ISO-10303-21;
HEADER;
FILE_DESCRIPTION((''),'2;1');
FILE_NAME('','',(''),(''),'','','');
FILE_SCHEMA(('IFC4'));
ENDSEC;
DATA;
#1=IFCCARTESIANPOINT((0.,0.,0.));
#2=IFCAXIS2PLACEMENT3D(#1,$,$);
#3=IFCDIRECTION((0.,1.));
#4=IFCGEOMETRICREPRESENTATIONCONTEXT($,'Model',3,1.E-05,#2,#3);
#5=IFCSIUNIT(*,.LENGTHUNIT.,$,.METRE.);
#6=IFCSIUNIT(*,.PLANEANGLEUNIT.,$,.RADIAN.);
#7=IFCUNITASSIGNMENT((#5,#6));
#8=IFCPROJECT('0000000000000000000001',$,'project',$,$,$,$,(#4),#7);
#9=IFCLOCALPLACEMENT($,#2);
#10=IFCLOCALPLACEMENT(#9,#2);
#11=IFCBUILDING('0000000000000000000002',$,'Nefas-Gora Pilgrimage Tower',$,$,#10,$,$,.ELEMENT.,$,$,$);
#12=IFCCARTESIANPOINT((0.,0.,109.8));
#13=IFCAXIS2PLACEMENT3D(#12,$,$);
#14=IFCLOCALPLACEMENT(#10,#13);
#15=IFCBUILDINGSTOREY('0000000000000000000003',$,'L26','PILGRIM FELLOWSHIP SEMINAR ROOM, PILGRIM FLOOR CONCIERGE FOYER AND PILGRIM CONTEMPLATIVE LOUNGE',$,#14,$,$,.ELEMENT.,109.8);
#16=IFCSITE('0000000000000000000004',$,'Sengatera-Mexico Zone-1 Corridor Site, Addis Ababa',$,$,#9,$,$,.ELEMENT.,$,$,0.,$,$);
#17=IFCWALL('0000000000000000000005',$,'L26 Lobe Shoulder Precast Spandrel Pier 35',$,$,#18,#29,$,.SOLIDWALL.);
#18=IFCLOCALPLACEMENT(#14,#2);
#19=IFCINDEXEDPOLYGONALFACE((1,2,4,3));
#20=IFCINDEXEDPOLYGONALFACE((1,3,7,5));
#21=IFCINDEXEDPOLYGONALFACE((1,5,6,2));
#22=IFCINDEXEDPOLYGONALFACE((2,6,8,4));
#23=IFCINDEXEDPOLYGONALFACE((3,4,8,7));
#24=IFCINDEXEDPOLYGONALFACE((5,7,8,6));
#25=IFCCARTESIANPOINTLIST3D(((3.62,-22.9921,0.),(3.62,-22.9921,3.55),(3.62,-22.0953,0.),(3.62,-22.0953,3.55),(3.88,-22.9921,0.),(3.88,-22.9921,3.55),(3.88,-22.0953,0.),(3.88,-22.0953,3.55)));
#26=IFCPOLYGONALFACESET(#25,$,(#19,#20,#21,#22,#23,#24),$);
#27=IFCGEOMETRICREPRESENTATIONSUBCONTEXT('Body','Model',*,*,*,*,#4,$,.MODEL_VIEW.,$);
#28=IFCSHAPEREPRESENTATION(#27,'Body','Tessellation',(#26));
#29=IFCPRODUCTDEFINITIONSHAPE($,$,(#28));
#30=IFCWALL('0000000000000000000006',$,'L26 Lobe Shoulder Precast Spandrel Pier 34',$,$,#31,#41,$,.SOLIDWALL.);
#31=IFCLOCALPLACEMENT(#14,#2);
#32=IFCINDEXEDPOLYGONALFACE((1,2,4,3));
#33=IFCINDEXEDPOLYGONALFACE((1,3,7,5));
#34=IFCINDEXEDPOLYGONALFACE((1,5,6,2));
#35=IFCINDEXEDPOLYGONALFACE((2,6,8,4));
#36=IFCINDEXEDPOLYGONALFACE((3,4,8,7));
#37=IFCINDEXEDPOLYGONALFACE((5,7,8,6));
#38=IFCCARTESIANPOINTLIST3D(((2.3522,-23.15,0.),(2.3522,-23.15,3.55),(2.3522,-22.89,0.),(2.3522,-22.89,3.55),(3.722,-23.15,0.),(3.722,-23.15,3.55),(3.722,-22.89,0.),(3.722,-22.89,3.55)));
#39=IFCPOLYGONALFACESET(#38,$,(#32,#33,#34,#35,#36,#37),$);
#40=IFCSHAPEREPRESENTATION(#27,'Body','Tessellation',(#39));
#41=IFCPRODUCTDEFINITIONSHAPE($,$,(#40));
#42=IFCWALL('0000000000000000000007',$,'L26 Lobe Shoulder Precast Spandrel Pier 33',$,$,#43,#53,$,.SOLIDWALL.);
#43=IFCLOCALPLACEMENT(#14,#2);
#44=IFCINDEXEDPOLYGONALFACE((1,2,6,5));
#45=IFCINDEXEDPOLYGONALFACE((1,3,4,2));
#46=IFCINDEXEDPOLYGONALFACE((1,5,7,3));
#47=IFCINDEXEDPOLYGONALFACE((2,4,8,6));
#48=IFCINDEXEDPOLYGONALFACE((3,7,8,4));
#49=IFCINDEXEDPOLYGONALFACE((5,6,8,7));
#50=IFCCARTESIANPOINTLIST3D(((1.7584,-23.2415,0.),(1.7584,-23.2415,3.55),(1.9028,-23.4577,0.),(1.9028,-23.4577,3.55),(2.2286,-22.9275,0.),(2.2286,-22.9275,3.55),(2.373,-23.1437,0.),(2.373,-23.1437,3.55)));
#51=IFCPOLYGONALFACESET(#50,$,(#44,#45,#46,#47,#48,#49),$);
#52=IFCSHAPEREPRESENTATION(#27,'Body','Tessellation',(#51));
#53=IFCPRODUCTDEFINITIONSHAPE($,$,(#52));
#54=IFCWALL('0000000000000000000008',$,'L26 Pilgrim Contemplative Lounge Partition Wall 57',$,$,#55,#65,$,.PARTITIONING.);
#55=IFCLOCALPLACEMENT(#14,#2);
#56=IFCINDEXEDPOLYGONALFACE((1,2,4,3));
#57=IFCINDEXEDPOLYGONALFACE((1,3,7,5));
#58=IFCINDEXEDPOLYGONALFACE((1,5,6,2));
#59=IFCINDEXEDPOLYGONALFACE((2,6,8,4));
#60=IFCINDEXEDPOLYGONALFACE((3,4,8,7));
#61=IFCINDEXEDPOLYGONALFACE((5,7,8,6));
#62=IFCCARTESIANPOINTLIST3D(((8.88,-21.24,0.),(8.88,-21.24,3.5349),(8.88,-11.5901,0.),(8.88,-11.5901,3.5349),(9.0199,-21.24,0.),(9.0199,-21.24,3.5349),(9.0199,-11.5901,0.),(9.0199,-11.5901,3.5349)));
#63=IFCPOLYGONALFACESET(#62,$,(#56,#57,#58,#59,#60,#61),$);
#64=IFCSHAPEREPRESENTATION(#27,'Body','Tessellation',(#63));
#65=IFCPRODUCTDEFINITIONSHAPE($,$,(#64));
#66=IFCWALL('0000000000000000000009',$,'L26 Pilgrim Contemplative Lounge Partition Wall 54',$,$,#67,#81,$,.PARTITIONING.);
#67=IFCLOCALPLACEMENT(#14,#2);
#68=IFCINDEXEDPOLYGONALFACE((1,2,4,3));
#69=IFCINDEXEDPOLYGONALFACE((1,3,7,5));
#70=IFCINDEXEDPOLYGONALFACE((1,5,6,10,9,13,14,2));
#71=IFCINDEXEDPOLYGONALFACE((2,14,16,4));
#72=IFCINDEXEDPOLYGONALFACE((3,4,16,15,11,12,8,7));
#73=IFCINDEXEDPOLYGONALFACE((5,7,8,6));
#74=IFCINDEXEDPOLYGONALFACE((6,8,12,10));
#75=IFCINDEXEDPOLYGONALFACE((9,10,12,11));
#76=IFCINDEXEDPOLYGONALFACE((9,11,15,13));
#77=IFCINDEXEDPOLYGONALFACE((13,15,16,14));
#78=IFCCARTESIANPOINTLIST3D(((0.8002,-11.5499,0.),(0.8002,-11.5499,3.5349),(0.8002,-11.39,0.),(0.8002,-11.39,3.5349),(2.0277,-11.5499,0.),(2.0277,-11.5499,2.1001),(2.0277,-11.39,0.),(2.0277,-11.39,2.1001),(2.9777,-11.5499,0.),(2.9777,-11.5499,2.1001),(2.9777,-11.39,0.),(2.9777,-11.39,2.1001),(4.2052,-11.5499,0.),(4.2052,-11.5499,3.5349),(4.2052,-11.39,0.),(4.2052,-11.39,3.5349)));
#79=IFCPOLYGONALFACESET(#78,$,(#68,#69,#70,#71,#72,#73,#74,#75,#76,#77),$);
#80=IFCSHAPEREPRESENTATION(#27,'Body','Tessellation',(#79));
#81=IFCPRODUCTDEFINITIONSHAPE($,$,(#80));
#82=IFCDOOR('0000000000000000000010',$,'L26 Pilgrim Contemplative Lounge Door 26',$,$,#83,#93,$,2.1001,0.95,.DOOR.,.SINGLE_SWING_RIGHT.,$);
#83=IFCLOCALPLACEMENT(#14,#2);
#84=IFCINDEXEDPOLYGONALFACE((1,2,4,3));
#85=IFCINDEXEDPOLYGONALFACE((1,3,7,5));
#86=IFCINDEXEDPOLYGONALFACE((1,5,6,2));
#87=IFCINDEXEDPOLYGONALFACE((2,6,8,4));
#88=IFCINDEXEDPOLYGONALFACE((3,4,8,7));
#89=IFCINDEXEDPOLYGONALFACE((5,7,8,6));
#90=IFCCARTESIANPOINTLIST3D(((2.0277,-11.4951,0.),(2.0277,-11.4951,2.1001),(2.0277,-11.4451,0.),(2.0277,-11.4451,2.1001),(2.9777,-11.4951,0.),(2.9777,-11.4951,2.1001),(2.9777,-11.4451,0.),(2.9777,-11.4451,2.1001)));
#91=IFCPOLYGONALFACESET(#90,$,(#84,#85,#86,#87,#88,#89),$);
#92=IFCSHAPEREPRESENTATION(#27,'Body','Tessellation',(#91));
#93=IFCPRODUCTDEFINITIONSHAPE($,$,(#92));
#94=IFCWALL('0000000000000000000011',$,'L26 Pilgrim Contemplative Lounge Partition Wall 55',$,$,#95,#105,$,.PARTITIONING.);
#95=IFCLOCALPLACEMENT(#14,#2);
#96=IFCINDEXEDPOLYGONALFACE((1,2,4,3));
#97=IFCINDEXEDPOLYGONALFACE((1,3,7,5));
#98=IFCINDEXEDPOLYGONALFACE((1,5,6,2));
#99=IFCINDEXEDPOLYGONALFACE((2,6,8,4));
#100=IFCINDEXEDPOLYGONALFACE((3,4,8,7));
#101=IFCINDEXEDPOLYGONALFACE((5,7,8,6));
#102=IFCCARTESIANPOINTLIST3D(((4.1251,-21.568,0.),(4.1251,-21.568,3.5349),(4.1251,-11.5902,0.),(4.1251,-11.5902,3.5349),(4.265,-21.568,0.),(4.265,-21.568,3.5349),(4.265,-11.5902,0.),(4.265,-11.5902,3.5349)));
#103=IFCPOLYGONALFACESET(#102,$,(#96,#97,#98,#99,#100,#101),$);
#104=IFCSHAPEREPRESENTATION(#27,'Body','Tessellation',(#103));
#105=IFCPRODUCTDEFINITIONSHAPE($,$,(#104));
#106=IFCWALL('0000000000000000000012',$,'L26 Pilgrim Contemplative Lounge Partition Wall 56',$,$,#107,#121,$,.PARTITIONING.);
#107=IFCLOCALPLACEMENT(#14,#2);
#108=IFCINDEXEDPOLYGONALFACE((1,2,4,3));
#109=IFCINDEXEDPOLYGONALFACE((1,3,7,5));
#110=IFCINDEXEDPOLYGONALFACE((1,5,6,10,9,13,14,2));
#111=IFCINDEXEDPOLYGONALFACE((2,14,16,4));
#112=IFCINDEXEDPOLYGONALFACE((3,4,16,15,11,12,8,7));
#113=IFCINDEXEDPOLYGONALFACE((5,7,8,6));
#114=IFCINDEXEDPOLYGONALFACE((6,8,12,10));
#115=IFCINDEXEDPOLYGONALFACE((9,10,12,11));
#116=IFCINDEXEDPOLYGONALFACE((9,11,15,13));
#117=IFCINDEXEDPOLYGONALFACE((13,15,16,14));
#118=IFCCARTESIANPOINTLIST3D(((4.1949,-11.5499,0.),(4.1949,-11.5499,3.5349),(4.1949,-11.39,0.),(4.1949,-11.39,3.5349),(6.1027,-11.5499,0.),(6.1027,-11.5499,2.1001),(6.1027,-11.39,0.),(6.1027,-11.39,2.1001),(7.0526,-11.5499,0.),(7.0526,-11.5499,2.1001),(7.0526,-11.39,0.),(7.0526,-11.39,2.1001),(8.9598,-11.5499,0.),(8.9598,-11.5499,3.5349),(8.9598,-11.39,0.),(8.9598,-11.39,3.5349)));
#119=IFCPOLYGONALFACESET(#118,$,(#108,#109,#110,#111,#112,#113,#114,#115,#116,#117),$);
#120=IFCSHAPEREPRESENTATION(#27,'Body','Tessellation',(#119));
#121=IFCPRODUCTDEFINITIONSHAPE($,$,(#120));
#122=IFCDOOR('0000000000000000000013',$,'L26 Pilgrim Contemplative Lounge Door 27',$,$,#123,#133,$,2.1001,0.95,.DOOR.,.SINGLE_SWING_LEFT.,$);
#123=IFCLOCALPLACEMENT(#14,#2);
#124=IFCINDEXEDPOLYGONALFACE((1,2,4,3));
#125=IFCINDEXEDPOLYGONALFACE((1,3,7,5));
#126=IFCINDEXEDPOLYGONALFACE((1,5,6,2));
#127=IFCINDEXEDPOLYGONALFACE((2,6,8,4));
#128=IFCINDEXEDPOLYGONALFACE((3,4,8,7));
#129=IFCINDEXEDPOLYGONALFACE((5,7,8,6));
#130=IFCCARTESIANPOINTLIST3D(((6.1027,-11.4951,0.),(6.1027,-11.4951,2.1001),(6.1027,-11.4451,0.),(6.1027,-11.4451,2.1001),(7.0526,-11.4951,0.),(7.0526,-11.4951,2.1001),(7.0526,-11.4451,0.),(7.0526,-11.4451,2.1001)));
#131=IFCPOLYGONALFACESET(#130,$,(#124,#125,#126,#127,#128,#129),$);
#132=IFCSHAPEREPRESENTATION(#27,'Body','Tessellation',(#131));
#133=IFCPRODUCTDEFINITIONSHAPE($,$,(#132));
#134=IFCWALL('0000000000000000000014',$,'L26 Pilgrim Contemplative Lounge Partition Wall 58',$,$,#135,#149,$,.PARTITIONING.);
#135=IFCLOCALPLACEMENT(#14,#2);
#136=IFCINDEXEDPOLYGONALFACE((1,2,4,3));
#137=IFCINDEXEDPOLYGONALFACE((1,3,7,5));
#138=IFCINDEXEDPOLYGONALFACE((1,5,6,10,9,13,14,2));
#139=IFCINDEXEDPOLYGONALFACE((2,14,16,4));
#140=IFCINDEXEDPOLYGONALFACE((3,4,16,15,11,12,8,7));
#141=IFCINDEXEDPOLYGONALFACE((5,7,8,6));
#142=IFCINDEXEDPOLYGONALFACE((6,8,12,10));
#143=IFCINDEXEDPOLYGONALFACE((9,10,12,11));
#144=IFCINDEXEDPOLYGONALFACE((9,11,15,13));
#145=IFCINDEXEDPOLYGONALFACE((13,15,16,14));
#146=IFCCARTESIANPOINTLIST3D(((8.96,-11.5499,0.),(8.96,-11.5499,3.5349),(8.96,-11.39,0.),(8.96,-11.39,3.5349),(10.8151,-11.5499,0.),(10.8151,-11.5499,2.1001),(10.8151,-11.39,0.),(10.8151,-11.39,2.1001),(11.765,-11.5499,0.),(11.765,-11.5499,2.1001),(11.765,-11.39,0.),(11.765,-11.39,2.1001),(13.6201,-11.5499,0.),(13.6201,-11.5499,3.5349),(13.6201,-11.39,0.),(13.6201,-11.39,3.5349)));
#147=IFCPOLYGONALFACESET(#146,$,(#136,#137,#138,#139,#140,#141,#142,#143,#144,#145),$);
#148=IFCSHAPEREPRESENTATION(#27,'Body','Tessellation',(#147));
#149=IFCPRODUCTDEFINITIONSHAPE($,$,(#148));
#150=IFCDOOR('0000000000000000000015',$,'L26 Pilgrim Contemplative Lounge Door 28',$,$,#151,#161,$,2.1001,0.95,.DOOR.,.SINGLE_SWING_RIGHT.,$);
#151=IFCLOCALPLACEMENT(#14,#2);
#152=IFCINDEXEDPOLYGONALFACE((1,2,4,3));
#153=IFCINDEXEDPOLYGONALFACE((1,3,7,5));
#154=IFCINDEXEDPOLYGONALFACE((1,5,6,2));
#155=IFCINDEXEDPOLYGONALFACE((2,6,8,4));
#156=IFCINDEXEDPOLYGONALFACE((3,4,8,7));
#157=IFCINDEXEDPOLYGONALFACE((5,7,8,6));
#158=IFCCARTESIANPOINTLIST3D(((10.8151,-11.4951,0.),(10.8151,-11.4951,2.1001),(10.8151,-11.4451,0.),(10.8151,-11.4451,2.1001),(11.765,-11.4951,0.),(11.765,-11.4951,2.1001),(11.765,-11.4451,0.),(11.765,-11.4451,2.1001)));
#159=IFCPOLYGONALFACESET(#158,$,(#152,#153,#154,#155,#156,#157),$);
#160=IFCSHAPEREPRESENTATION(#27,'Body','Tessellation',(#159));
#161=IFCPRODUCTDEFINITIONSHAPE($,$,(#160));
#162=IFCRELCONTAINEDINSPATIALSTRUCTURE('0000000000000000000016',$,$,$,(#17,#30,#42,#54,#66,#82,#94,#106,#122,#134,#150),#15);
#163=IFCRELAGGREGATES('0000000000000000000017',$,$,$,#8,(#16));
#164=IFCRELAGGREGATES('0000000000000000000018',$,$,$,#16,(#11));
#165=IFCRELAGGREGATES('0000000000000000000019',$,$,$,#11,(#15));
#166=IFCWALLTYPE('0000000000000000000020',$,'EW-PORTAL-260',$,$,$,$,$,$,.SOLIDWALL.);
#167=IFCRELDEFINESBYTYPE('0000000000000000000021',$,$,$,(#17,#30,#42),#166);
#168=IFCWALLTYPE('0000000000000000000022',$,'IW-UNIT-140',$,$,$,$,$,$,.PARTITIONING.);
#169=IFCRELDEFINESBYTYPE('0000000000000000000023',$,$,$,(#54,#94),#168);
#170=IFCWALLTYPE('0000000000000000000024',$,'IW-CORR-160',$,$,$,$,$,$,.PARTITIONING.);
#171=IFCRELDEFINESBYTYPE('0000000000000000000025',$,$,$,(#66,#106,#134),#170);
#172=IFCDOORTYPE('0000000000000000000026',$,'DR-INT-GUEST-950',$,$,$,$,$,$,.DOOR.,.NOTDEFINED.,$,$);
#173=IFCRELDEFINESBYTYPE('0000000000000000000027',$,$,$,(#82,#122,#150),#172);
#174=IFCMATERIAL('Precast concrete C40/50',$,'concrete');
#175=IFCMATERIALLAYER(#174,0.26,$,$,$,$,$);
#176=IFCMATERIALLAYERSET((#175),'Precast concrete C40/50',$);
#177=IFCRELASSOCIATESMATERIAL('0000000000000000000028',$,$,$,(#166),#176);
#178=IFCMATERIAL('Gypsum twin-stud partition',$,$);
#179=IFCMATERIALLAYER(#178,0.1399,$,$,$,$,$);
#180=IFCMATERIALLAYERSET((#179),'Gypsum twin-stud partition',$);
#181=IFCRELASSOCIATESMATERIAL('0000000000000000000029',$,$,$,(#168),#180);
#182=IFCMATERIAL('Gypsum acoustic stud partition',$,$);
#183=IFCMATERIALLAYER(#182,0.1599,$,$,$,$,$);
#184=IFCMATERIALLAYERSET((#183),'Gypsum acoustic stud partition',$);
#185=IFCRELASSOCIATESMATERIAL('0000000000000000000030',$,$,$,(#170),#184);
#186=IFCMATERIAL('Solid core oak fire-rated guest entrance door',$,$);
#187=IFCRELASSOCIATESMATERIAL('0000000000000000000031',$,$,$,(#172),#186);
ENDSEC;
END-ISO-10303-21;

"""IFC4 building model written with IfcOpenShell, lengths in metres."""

from ifc_helpers import new_model, si_unit, direction, frame, frame_2d, origin, place, context, subcontext, project, spatial, rectangle, extrude, source, transform, mapped, material, layer, layer_set, type_object, element, fill, save


model = new_model("IFC4")

# Units and contexts
model_context = context("Model", 3, precision=1e-05, world=origin(), true_north=direction((0.0, 1.0)))
body_context = subcontext(model_context, "Body", "Model", "MODEL_VIEW")
ifc_project = project(units=[si_unit("LENGTHUNIT", "METRE"), si_unit("PLANEANGLEUNIT", "RADIAN")], contexts=[model_context])

# Site, building, storey
site_placement = place(None, origin())
site = spatial("IfcSite", under=ifc_project, at=site_placement, Name="Sengatera-Mexico Zone-1 Corridor Site, Addis Ababa", CompositionType="ELEMENT", RefElevation=0.0)
building_placement = place(site_placement, origin())
building = spatial("IfcBuilding", under=site, at=building_placement, Name="Nefas-Gora Pilgrimage Tower", CompositionType="ELEMENT")
storey_placement = place(building_placement, frame((0.0, 0.0, 109.8)))
storey = spatial("IfcBuildingStorey", under=building, at=storey_placement, Name="L26", Description="PILGRIM FELLOWSHIP SEMINAR ROOM, PILGRIM FLOOR CONCIERGE FOYER AND PILGRIM CONTEMPLATIVE LOUNGE", CompositionType="ELEMENT", Elevation=109.8)

# Walls
ifc_material_1 = material(Name="Precast concrete C40/50", Category="concrete")
ifc_layer_1 = layer(ifc_material_1, 0.26)
ifc_layer_set_1 = layer_set([ifc_layer_1], Name="Precast concrete C40/50")
wall_type_1 = type_object("IfcWallType", Name="EW-PORTAL-260", PredefinedType="SOLIDWALL", material=ifc_layer_set_1)
shared_shape_1 = source(origin(), body_context, "Body", "SweptSolid", [
    extrude(rectangle(XDim=0.8967, YDim=0.26, at=frame_2d((0.4482, 0.0))), origin(), (0.0, 0.0, 1.0), 3.55),
])
wall_1_placement = place(storey_placement, frame((3.75, -22.9919, 0.0), z_axis=(0.0, 0.0, 1.0), x_axis=(0.0, 1.0, 0.0)))
element("IfcWall", 1, at=wall_1_placement, inside=storey, type_object=wall_type_1, Name="L26 Lobe Shoulder Precast Spandrel Pier 35", PredefinedType="SOLIDWALL", context=body_context, shape_type="MappedRepresentation", body=[
    mapped(shared_shape_1, transform((0.0, 0.0, 0.0), x_axis=(1.0, 0.0, 0.0), y_axis=(0.0, 1.0, 0.0), z_axis=(0.0, 0.0, 1.0), scale=1.0)),
])
shared_shape_2 = source(origin(), body_context, "Body", "SweptSolid", [
    extrude(rectangle(XDim=1.3699, YDim=0.26, at=frame_2d((0.6851, 0.0))), origin(), (0.0, 0.0, 1.0), 3.55),
])
wall_2_placement = place(storey_placement, frame((2.3521, -23.02, 0.0), z_axis=(0.0, 0.0, 1.0), x_axis=(1.0, 0.0, 0.0)))
element("IfcWall", 2, at=wall_2_placement, inside=storey, type_object=wall_type_1, Name="L26 Lobe Shoulder Precast Spandrel Pier 34", PredefinedType="SOLIDWALL", context=body_context, shape_type="MappedRepresentation", body=[
    mapped(shared_shape_2, transform((0.0, 0.0, 0.0), x_axis=(1.0, 0.0, 0.0), y_axis=(0.0, 1.0, 0.0), z_axis=(0.0, 0.0, 1.0), scale=1.0)),
])
shared_shape_3 = source(origin(), body_context, "Body", "SweptSolid", [
    extrude(rectangle(XDim=0.5654, YDim=0.26, at=frame_2d((0.2827, 0.0))), origin(), (0.0, 0.0, 1.0), 3.55),
])
wall_3_placement = place(storey_placement, frame((1.8306, -23.3496, 0.0), z_axis=(0.0, 0.0, 1.0), x_axis=(0.831651, 0.555298, 0.0)))
element("IfcWall", 3, at=wall_3_placement, inside=storey, type_object=wall_type_1, Name="L26 Lobe Shoulder Precast Spandrel Pier 33", PredefinedType="SOLIDWALL", context=body_context, shape_type="MappedRepresentation", body=[
    mapped(shared_shape_3, transform((0.0, 0.0, 0.0), x_axis=(1.0, 0.0, 0.0), y_axis=(0.0, 1.0, 0.0), z_axis=(0.0, 0.0, 1.0), scale=1.0)),
])
ifc_material_2 = material(Name="Gypsum twin-stud partition")
ifc_layer_2 = layer(ifc_material_2, 0.1399)
ifc_layer_set_2 = layer_set([ifc_layer_2], Name="Gypsum twin-stud partition")
wall_type_2 = type_object("IfcWallType", Name="IW-UNIT-140", PredefinedType="PARTITIONING", material=ifc_layer_set_2)
shared_shape_4 = source(origin(), body_context, "Body", "SweptSolid", [
    extrude(rectangle(XDim=9.6499, YDim=0.1399, at=frame_2d((4.825, 0.0))), origin(), (0.0, 0.0, 1.0), 3.5349),
])
wall_4_placement = place(storey_placement, frame((8.95, -21.24, 0.0), z_axis=(0.0, 0.0, 1.0), x_axis=(0.0, 1.0, 0.0)))
element("IfcWall", 4, at=wall_4_placement, inside=storey, type_object=wall_type_2, Name="L26 Pilgrim Contemplative Lounge Partition Wall 57", PredefinedType="PARTITIONING", context=body_context, shape_type="MappedRepresentation", body=[
    mapped(shared_shape_4, transform((0.0, 0.0, 0.0), x_axis=(1.0, 0.0, 0.0), y_axis=(0.0, 1.0, 0.0), z_axis=(0.0, 0.0, 1.0), scale=1.0)),
])

# Wall, opening, door
ifc_material_3 = material(Name="Gypsum acoustic stud partition")
ifc_layer_3 = layer(ifc_material_3, 0.1599)
ifc_layer_set_3 = layer_set([ifc_layer_3], Name="Gypsum acoustic stud partition")
wall_type_3 = type_object("IfcWallType", Name="IW-CORR-160", PredefinedType="PARTITIONING", material=ifc_layer_set_3)
shared_shape_5 = source(origin(), body_context, "Body", "SweptSolid", [
    extrude(rectangle(XDim=3.405, YDim=0.1599, at=frame_2d((1.7026, 0.0))), origin(), (0.0, 0.0, 1.0), 3.5349),
])
wall_5_placement = place(storey_placement, frame((0.8, -11.47, 0.0), z_axis=(0.0, 0.0, 1.0), x_axis=(1.0, 0.0, 0.0)))
wall_5 = element("IfcWall", 5, at=wall_5_placement, inside=storey, type_object=wall_type_3, Name="L26 Pilgrim Contemplative Lounge Partition Wall 54", PredefinedType="PARTITIONING", context=body_context, shape_type="MappedRepresentation", body=[
    mapped(shared_shape_5, transform((0.0, 0.0, 0.0), x_axis=(1.0, 0.0, 0.0), y_axis=(0.0, 1.0, 0.0), z_axis=(0.0, 0.0, 1.0), scale=1.0)),
])
opening_1_placement = place(wall_5_placement, frame((1.2275, 0.0, 0.0)))
opening_1 = element("IfcOpeningElement", 6, at=opening_1_placement, cuts=wall_5, PredefinedType="OPENING", context=body_context, shape_type="SweptSolid", body=[
    extrude(rectangle(XDim=0.95, YDim=2.1001, at=frame_2d((0.4751, 1.05))), frame((0.0, 0.0898, 0.0), z_axis=(0.0, -1.0, 0.0), x_axis=(1.0, 0.0, 0.0)), (0.0, 0.0, 1.0), 0.1799),
])
ifc_material_4 = material(Name="Solid core oak fire-rated guest entrance door")
door_type = type_object("IfcDoorType", Name="DR-INT-GUEST-950", OperationType="NOTDEFINED", PredefinedType="DOOR", material=ifc_material_4)
shared_shape_6 = source(origin(), body_context, "Body", "SweptSolid", [
    extrude(rectangle(XDim=0.95, YDim=2.1001, at=frame_2d((0.4751, 1.05))), frame((0.0, 0.0249, 0.0), z_axis=(0.0, -1.0, 0.0), x_axis=(1.0, 0.0, 0.0)), (0.0, 0.0, 1.0), 0.05),
])
door_1_placement = place(opening_1_placement, origin())
door_1 = element("IfcDoor", 7, at=door_1_placement, inside=storey, type_object=door_type, Name="L26 Pilgrim Contemplative Lounge Door 26", OperationType="SINGLE_SWING_RIGHT", OverallHeight=2.1001, OverallWidth=0.95, PredefinedType="DOOR", context=body_context, shape_type="MappedRepresentation", body=[
    mapped(shared_shape_6, transform((0.0, 0.0, 0.0), x_axis=(1.0, 0.0, 0.0), y_axis=(0.0, 1.0, 0.0), z_axis=(0.0, 0.0, 1.0), scale=1.0)),
])
fill(opening_1, door_1)

# Wall
shared_shape_7 = source(origin(), body_context, "Body", "SweptSolid", [
    extrude(rectangle(XDim=9.9778, YDim=0.1399, at=frame_2d((4.9888, 0.0))), origin(), (0.0, 0.0, 1.0), 3.5349),
])
wall_6_placement = place(storey_placement, frame((4.1951, -21.5679, 0.0), z_axis=(0.0, 0.0, 1.0), x_axis=(0.0, 1.0, 0.0)))
element("IfcWall", 8, at=wall_6_placement, inside=storey, type_object=wall_type_2, Name="L26 Pilgrim Contemplative Lounge Partition Wall 55", PredefinedType="PARTITIONING", context=body_context, shape_type="MappedRepresentation", body=[
    mapped(shared_shape_7, transform((0.0, 0.0, 0.0), x_axis=(1.0, 0.0, 0.0), y_axis=(0.0, 1.0, 0.0), z_axis=(0.0, 0.0, 1.0), scale=1.0)),
])

# Walls, openings, doors
shared_shape_8 = source(origin(), body_context, "Body", "SweptSolid", [
    extrude(rectangle(XDim=4.7649, YDim=0.1599, at=frame_2d((2.3823, 0.0))), origin(), (0.0, 0.0, 1.0), 3.5349),
])
wall_7_placement = place(storey_placement, frame((4.1951, -11.47, 0.0), z_axis=(0.0, 0.0, 1.0), x_axis=(1.0, 0.0, 0.0)))
wall_7 = element("IfcWall", 9, at=wall_7_placement, inside=storey, type_object=wall_type_3, Name="L26 Pilgrim Contemplative Lounge Partition Wall 56", PredefinedType="PARTITIONING", context=body_context, shape_type="MappedRepresentation", body=[
    mapped(shared_shape_8, transform((0.0, 0.0, 0.0), x_axis=(1.0, 0.0, 0.0), y_axis=(0.0, 1.0, 0.0), z_axis=(0.0, 0.0, 1.0), scale=1.0)),
])
opening_2_placement = place(wall_7_placement, frame((1.9075, 0.0, 0.0)))
opening_2 = element("IfcOpeningElement", 10, at=opening_2_placement, cuts=wall_7, PredefinedType="OPENING", context=body_context, shape_type="SweptSolid", body=[
    extrude(rectangle(XDim=0.95, YDim=2.1001, at=frame_2d((0.4751, 1.05))), frame((0.0, 0.0898, 0.0), z_axis=(0.0, -1.0, 0.0), x_axis=(1.0, 0.0, 0.0)), (0.0, 0.0, 1.0), 0.1799),
])
door_2_placement = place(opening_2_placement, origin())
door_2 = element("IfcDoor", 11, at=door_2_placement, inside=storey, type_object=door_type, Name="L26 Pilgrim Contemplative Lounge Door 27", OperationType="SINGLE_SWING_LEFT", OverallHeight=2.1001, OverallWidth=0.95, PredefinedType="DOOR", context=body_context, shape_type="MappedRepresentation", body=[
    mapped(shared_shape_6, transform((0.0, 0.0, 0.0), x_axis=(1.0, 0.0, 0.0), y_axis=(0.0, 1.0, 0.0), z_axis=(0.0, 0.0, 1.0), scale=1.0)),
])
fill(opening_2, door_2)
shared_shape_9 = source(origin(), body_context, "Body", "SweptSolid", [
    extrude(rectangle(XDim=4.6602, YDim=0.1599, at=frame_2d((2.3301, 0.0))), origin(), (0.0, 0.0, 1.0), 3.5349),
])
wall_8_placement = place(storey_placement, frame((8.96, -11.47, 0.0), z_axis=(0.0, 0.0, 1.0), x_axis=(1.0, 0.0, 0.0)))
wall_8 = element("IfcWall", 12, at=wall_8_placement, inside=storey, type_object=wall_type_3, Name="L26 Pilgrim Contemplative Lounge Partition Wall 58", PredefinedType="PARTITIONING", context=body_context, shape_type="MappedRepresentation", body=[
    mapped(shared_shape_9, transform((0.0, 0.0, 0.0), x_axis=(1.0, 0.0, 0.0), y_axis=(0.0, 1.0, 0.0), z_axis=(0.0, 0.0, 1.0), scale=1.0)),
])
opening_3_placement = place(wall_8_placement, frame((1.855, 0.0, 0.0)))
opening_3 = element("IfcOpeningElement", 13, at=opening_3_placement, cuts=wall_8, PredefinedType="OPENING", context=body_context, shape_type="SweptSolid", body=[
    extrude(rectangle(XDim=0.95, YDim=2.1001, at=frame_2d((0.4751, 1.05))), frame((0.0, 0.0898, 0.0), z_axis=(0.0, -1.0, 0.0), x_axis=(1.0, 0.0, 0.0)), (0.0, 0.0, 1.0), 0.1799),
])
door_3_placement = place(opening_3_placement, origin())
door_3 = element("IfcDoor", 14, at=door_3_placement, inside=storey, type_object=door_type, Name="L26 Pilgrim Contemplative Lounge Door 28", OperationType="SINGLE_SWING_RIGHT", OverallHeight=2.1001, OverallWidth=0.95, PredefinedType="DOOR", context=body_context, shape_type="MappedRepresentation", body=[
    mapped(shared_shape_6, transform((0.0, 0.0, 0.0), x_axis=(1.0, 0.0, 0.0), y_axis=(0.0, 1.0, 0.0), z_axis=(0.0, 0.0, 1.0), scale=1.0)),
])
fill(opening_3, door_3)

save(model, "model.ifc")
